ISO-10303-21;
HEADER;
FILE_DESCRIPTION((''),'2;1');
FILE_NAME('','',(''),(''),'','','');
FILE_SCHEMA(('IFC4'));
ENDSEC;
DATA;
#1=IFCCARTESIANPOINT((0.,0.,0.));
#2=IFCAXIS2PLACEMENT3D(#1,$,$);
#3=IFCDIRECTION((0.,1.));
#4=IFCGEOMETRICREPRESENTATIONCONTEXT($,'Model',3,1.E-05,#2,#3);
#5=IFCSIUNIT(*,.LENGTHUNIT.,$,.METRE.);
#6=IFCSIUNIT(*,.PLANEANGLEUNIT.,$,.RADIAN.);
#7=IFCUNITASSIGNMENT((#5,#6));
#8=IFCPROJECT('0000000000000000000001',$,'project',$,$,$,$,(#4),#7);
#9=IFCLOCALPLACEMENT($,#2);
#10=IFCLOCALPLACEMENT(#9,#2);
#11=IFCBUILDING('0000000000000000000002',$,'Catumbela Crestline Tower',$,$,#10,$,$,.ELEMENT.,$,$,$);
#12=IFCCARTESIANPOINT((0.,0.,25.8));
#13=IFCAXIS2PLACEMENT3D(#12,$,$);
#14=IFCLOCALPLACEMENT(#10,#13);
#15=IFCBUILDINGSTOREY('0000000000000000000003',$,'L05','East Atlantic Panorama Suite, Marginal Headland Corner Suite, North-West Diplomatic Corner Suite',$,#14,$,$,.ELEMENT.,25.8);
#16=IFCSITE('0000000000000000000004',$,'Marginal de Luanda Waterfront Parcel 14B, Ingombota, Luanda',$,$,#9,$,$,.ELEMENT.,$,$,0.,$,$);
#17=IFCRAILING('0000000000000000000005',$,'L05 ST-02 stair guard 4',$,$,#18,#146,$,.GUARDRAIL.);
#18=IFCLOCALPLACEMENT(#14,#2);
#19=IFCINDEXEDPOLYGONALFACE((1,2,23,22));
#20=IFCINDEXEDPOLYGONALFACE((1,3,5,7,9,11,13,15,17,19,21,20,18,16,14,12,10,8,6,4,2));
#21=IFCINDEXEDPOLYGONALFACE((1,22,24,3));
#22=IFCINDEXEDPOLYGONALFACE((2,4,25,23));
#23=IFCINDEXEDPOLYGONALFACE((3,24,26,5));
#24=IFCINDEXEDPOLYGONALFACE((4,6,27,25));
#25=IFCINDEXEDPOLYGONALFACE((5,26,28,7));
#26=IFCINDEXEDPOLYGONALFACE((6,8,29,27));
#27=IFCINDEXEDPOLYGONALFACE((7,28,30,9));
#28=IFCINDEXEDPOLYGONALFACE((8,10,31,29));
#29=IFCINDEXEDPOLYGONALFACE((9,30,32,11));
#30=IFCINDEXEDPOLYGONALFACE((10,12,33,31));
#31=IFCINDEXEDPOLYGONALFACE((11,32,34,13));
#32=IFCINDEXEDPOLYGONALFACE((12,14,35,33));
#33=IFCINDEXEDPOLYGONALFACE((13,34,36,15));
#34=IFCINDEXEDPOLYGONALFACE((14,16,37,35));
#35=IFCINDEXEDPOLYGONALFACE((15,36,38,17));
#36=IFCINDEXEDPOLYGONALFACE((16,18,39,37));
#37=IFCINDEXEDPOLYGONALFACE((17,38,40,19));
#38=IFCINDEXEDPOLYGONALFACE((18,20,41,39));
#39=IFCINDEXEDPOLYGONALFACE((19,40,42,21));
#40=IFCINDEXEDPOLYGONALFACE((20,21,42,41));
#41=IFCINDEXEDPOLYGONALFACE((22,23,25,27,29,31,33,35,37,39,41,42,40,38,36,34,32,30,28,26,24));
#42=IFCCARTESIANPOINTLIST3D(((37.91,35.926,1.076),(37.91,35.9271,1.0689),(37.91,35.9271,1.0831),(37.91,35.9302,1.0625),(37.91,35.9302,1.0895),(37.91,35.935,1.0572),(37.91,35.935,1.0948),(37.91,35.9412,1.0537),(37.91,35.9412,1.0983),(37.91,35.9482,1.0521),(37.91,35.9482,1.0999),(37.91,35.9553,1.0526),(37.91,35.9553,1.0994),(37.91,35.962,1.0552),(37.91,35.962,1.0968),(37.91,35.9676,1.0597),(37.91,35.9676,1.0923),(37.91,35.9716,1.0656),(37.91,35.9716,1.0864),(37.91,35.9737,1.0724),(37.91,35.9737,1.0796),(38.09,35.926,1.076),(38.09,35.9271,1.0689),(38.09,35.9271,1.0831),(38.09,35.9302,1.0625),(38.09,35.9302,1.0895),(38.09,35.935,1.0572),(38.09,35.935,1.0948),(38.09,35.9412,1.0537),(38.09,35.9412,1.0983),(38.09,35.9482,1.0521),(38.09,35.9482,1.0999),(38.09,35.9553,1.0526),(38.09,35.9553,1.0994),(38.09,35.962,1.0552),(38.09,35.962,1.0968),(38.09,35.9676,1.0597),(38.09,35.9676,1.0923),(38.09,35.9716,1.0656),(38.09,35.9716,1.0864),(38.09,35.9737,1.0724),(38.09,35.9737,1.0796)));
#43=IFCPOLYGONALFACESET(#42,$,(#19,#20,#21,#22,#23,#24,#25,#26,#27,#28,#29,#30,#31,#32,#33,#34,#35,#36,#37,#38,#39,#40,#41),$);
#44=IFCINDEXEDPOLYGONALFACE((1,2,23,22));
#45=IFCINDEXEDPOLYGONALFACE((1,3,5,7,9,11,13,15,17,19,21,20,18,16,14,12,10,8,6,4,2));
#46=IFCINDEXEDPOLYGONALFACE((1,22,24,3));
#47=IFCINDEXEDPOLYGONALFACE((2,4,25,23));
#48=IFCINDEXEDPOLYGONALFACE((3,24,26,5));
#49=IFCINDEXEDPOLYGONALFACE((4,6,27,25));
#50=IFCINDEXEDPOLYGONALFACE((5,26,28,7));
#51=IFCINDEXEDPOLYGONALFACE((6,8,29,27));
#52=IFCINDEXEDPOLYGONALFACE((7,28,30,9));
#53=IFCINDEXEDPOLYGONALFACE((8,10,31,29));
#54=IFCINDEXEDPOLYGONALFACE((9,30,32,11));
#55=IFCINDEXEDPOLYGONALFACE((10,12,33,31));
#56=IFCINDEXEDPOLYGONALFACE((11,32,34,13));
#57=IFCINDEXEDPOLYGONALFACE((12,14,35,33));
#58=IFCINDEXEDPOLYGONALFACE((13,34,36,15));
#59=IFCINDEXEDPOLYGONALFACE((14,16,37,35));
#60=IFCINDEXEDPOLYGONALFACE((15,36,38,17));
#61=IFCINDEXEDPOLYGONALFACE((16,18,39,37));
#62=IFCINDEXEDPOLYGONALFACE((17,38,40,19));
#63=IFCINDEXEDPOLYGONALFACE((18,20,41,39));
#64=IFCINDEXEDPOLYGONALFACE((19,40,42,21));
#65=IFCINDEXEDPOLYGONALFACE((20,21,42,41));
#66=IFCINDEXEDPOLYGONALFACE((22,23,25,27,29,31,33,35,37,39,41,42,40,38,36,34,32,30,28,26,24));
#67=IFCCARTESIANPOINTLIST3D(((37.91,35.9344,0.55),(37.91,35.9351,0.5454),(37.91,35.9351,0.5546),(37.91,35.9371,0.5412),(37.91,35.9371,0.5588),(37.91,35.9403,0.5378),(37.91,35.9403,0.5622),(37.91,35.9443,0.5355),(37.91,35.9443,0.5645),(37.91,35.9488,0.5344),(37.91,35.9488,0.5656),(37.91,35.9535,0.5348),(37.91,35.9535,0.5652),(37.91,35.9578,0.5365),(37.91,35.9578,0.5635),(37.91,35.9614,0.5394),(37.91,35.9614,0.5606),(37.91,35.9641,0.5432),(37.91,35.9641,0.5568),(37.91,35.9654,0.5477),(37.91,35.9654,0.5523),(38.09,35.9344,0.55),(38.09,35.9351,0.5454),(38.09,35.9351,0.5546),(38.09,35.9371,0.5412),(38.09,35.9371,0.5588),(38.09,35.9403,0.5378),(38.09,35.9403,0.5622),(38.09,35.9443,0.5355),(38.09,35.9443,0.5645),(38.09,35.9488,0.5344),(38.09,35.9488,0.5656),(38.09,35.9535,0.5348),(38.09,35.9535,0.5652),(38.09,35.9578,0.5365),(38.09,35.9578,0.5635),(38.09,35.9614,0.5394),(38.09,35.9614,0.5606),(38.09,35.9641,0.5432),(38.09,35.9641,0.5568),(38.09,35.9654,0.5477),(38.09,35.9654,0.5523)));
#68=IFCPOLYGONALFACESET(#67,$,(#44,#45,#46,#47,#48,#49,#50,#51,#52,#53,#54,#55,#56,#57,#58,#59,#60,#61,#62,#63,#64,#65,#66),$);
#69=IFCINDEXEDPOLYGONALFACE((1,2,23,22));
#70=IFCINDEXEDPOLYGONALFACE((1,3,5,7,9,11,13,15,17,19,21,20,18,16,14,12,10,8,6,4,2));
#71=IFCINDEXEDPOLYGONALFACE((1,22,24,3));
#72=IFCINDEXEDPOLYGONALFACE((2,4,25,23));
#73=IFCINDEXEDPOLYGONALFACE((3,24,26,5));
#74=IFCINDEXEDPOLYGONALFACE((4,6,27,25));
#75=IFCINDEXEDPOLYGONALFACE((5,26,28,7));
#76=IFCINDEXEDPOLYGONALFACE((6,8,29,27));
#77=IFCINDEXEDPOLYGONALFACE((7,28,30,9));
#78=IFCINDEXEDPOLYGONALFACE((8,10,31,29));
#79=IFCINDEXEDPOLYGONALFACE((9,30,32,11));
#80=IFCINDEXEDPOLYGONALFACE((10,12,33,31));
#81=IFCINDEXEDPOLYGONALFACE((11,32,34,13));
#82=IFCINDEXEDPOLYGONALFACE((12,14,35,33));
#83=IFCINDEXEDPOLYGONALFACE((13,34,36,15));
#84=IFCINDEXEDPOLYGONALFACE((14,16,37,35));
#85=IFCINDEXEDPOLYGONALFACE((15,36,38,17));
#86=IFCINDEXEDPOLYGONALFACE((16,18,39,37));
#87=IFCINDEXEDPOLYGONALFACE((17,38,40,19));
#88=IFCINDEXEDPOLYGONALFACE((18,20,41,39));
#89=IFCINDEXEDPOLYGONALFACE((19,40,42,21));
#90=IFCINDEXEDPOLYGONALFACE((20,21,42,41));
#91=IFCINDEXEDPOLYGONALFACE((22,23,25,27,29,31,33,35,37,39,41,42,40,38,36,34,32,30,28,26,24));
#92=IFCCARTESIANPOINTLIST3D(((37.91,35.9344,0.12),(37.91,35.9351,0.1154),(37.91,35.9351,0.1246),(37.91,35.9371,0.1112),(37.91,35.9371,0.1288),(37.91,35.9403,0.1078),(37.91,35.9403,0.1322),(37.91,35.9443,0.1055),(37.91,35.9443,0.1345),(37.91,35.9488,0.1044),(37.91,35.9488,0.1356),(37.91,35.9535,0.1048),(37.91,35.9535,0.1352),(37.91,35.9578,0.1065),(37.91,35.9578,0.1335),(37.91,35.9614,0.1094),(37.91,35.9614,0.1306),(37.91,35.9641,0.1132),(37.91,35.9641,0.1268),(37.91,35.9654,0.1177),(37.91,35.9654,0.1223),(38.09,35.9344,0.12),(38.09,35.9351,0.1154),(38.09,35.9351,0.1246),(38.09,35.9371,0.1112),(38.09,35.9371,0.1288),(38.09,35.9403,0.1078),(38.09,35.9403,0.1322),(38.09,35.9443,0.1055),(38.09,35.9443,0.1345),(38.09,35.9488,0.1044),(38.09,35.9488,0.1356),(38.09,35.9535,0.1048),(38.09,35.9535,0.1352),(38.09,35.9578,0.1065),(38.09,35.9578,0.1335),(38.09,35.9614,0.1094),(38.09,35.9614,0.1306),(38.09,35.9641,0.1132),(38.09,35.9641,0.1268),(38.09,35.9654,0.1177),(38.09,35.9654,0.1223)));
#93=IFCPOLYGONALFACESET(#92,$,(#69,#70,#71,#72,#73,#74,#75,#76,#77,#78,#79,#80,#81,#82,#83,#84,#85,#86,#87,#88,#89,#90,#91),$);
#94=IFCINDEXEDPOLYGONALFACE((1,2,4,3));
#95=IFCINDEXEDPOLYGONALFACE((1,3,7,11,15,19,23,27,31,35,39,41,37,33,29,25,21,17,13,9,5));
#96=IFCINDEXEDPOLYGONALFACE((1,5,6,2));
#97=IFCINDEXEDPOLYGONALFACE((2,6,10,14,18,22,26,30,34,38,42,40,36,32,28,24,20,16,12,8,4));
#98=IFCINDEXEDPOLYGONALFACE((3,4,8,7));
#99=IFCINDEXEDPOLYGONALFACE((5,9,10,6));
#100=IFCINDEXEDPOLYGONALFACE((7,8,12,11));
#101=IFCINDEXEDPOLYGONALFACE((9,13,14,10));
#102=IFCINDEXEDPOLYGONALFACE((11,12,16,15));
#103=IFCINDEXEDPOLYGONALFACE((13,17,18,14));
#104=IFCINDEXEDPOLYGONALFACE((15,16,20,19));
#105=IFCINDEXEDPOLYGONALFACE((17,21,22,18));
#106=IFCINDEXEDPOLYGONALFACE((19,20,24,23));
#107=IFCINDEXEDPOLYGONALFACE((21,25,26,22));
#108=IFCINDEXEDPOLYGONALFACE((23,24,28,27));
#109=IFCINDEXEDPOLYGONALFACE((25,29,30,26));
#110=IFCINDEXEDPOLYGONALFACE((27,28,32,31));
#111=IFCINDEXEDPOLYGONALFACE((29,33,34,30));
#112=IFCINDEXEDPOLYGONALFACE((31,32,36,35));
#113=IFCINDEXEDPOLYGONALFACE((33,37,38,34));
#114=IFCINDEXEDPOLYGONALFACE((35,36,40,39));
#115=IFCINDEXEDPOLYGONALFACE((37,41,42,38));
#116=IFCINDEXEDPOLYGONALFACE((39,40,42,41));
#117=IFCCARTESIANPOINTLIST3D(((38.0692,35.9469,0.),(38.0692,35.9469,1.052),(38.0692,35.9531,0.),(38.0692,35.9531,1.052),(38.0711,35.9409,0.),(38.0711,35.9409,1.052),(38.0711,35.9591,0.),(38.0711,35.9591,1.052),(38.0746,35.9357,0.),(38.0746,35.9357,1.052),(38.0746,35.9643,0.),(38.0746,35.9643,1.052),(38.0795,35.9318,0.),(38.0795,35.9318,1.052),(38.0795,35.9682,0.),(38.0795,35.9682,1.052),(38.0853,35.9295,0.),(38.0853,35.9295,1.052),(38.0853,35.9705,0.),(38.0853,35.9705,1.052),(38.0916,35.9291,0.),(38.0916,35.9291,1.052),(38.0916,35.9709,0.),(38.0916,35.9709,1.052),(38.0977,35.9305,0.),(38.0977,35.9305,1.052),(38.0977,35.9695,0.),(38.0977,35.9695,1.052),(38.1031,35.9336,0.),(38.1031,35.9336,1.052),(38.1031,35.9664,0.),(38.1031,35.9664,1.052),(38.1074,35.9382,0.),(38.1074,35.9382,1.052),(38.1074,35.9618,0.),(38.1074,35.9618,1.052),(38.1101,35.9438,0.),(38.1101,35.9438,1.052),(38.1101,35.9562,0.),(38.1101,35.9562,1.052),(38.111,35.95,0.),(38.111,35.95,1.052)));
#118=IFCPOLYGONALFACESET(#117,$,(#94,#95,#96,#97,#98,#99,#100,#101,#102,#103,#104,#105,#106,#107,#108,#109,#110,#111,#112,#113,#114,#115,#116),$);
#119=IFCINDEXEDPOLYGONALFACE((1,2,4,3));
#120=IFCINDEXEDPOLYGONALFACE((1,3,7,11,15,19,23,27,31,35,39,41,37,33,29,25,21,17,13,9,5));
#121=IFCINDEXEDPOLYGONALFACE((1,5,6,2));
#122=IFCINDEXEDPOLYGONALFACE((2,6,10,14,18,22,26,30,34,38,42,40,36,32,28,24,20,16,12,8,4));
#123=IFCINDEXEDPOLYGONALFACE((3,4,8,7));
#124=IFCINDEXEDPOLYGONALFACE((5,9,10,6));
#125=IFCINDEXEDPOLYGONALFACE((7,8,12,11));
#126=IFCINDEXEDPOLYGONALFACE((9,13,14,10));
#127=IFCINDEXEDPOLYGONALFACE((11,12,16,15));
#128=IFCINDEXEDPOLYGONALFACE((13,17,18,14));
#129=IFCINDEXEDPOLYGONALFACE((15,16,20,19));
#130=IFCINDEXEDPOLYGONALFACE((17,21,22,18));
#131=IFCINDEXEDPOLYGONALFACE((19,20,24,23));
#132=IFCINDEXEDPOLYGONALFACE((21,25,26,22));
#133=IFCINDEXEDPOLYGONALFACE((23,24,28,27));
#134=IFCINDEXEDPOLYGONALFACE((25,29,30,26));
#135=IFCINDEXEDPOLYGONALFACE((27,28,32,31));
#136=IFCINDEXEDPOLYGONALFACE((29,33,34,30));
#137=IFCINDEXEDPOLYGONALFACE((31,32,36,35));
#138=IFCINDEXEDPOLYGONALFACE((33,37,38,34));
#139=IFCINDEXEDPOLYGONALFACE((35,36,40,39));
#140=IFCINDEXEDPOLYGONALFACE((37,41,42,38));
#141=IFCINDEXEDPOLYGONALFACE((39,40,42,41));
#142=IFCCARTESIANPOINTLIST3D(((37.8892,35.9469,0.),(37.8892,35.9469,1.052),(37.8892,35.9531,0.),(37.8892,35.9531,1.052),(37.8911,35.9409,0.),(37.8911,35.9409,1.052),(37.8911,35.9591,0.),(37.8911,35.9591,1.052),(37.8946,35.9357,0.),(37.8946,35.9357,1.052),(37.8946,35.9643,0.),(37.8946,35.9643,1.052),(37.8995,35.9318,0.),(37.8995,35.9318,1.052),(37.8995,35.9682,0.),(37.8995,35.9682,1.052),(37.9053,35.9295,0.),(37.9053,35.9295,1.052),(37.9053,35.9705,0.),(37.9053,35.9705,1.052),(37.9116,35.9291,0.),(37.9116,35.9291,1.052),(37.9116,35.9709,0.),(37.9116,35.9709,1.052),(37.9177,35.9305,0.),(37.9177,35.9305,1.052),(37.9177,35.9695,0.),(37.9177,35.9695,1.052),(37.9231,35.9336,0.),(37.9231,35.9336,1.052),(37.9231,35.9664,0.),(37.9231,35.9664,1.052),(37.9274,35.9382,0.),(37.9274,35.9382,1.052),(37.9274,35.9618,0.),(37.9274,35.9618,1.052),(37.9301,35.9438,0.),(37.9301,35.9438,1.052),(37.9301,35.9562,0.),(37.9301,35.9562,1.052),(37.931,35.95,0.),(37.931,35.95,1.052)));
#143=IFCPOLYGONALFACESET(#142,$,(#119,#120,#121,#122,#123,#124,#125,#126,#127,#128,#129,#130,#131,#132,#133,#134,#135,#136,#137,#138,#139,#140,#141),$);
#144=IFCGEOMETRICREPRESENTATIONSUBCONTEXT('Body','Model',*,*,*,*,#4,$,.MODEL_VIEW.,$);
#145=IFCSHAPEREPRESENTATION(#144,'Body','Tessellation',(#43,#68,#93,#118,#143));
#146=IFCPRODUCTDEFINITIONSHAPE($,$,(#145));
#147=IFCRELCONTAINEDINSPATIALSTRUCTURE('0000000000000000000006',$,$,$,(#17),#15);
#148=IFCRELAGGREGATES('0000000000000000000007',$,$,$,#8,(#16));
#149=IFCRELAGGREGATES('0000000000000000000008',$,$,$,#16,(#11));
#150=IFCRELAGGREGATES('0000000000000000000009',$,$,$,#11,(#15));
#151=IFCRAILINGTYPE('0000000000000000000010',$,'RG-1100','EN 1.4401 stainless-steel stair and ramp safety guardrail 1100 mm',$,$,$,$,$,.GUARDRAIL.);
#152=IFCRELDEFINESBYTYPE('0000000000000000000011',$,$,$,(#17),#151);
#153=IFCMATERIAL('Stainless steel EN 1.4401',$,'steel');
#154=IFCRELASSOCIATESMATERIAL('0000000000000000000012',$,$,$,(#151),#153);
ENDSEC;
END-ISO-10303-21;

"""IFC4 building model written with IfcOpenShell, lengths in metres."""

from ifc_helpers import new_model, si_unit, direction, frame, origin, origin_2d, place, context, subcontext, project, spatial, circle, extrude, material, type_object, element, save


model = new_model("IFC4")

# Units and contexts
model_context = context("Model", 3, precision=1e-05, world=origin(), true_north=direction((0.0, 1.0)))
body_context = subcontext(model_context, "Body", "Model", "MODEL_VIEW")
ifc_project = project(units=[si_unit("LENGTHUNIT", "METRE"), si_unit("PLANEANGLEUNIT", "RADIAN")], contexts=[model_context])

# Site, building, storey
site_placement = place(None, origin())
site = spatial("IfcSite", under=ifc_project, at=site_placement, Name="Marginal de Luanda Waterfront Parcel 14B, Ingombota, Luanda", CompositionType="ELEMENT", RefElevation=0.0)
building_placement = place(site_placement, origin())
building = spatial("IfcBuilding", under=site, at=building_placement, Name="Catumbela Crestline Tower", CompositionType="ELEMENT")
storey_placement = place(building_placement, frame((0.0, 0.0, 25.8)))
storey = spatial("IfcBuildingStorey", under=building, at=storey_placement, Name="L05", Description="East Atlantic Panorama Suite, Marginal Headland Corner Suite, North-West Diplomatic Corner Suite", CompositionType="ELEMENT", Elevation=25.8)

# Shared definitions
ifc_material_1 = material(Name="Stainless steel EN 1.4401", Category="steel")

# Railing
railing_type_1 = type_object("IfcRailingType", Name="RG-1100", Description="EN 1.4401 stainless-steel stair and ramp safety guardrail 1100 mm", PredefinedType="GUARDRAIL", material=ifc_material_1)
railing_1_placement = place(storey_placement, frame((38.09, 35.95, 0.0)))
element("IfcRailing", 1, at=railing_1_placement, inside=storey, type_object=railing_type_1, Name="L05 ST-02 stair guard 4", PredefinedType="GUARDRAIL", context=body_context, shape_type="SweptSolid", body=[
    extrude(circle(Radius=0.024, at=origin_2d()), frame((0.0, 0.0, 1.076), z_axis=(-1.0, 0.0, 0.0), x_axis=(0.0, -1.0, 0.0)), (0.0, 0.0, 1.0), 0.18),
    extrude(circle(Radius=0.0156, at=origin_2d()), frame((0.0, 0.0, 0.55), z_axis=(-1.0, 0.0, 0.0), x_axis=(0.0, -1.0, 0.0)), (0.0, 0.0, 1.0), 0.18),
    extrude(circle(Radius=0.0156, at=origin_2d()), frame((0.0, 0.0, 0.12), z_axis=(-1.0, 0.0, 0.0), x_axis=(0.0, -1.0, 0.0)), (0.0, 0.0, 1.0), 0.18),
    extrude(circle(Radius=0.021, at=origin_2d()), origin(), (0.0, 0.0, 1.0), 1.052),
    extrude(circle(Radius=0.021, at=origin_2d()), frame((-0.18, 0.0, 0.0)), (0.0, 0.0, 1.0), 1.052),
])

save(model, "model.ifc")
